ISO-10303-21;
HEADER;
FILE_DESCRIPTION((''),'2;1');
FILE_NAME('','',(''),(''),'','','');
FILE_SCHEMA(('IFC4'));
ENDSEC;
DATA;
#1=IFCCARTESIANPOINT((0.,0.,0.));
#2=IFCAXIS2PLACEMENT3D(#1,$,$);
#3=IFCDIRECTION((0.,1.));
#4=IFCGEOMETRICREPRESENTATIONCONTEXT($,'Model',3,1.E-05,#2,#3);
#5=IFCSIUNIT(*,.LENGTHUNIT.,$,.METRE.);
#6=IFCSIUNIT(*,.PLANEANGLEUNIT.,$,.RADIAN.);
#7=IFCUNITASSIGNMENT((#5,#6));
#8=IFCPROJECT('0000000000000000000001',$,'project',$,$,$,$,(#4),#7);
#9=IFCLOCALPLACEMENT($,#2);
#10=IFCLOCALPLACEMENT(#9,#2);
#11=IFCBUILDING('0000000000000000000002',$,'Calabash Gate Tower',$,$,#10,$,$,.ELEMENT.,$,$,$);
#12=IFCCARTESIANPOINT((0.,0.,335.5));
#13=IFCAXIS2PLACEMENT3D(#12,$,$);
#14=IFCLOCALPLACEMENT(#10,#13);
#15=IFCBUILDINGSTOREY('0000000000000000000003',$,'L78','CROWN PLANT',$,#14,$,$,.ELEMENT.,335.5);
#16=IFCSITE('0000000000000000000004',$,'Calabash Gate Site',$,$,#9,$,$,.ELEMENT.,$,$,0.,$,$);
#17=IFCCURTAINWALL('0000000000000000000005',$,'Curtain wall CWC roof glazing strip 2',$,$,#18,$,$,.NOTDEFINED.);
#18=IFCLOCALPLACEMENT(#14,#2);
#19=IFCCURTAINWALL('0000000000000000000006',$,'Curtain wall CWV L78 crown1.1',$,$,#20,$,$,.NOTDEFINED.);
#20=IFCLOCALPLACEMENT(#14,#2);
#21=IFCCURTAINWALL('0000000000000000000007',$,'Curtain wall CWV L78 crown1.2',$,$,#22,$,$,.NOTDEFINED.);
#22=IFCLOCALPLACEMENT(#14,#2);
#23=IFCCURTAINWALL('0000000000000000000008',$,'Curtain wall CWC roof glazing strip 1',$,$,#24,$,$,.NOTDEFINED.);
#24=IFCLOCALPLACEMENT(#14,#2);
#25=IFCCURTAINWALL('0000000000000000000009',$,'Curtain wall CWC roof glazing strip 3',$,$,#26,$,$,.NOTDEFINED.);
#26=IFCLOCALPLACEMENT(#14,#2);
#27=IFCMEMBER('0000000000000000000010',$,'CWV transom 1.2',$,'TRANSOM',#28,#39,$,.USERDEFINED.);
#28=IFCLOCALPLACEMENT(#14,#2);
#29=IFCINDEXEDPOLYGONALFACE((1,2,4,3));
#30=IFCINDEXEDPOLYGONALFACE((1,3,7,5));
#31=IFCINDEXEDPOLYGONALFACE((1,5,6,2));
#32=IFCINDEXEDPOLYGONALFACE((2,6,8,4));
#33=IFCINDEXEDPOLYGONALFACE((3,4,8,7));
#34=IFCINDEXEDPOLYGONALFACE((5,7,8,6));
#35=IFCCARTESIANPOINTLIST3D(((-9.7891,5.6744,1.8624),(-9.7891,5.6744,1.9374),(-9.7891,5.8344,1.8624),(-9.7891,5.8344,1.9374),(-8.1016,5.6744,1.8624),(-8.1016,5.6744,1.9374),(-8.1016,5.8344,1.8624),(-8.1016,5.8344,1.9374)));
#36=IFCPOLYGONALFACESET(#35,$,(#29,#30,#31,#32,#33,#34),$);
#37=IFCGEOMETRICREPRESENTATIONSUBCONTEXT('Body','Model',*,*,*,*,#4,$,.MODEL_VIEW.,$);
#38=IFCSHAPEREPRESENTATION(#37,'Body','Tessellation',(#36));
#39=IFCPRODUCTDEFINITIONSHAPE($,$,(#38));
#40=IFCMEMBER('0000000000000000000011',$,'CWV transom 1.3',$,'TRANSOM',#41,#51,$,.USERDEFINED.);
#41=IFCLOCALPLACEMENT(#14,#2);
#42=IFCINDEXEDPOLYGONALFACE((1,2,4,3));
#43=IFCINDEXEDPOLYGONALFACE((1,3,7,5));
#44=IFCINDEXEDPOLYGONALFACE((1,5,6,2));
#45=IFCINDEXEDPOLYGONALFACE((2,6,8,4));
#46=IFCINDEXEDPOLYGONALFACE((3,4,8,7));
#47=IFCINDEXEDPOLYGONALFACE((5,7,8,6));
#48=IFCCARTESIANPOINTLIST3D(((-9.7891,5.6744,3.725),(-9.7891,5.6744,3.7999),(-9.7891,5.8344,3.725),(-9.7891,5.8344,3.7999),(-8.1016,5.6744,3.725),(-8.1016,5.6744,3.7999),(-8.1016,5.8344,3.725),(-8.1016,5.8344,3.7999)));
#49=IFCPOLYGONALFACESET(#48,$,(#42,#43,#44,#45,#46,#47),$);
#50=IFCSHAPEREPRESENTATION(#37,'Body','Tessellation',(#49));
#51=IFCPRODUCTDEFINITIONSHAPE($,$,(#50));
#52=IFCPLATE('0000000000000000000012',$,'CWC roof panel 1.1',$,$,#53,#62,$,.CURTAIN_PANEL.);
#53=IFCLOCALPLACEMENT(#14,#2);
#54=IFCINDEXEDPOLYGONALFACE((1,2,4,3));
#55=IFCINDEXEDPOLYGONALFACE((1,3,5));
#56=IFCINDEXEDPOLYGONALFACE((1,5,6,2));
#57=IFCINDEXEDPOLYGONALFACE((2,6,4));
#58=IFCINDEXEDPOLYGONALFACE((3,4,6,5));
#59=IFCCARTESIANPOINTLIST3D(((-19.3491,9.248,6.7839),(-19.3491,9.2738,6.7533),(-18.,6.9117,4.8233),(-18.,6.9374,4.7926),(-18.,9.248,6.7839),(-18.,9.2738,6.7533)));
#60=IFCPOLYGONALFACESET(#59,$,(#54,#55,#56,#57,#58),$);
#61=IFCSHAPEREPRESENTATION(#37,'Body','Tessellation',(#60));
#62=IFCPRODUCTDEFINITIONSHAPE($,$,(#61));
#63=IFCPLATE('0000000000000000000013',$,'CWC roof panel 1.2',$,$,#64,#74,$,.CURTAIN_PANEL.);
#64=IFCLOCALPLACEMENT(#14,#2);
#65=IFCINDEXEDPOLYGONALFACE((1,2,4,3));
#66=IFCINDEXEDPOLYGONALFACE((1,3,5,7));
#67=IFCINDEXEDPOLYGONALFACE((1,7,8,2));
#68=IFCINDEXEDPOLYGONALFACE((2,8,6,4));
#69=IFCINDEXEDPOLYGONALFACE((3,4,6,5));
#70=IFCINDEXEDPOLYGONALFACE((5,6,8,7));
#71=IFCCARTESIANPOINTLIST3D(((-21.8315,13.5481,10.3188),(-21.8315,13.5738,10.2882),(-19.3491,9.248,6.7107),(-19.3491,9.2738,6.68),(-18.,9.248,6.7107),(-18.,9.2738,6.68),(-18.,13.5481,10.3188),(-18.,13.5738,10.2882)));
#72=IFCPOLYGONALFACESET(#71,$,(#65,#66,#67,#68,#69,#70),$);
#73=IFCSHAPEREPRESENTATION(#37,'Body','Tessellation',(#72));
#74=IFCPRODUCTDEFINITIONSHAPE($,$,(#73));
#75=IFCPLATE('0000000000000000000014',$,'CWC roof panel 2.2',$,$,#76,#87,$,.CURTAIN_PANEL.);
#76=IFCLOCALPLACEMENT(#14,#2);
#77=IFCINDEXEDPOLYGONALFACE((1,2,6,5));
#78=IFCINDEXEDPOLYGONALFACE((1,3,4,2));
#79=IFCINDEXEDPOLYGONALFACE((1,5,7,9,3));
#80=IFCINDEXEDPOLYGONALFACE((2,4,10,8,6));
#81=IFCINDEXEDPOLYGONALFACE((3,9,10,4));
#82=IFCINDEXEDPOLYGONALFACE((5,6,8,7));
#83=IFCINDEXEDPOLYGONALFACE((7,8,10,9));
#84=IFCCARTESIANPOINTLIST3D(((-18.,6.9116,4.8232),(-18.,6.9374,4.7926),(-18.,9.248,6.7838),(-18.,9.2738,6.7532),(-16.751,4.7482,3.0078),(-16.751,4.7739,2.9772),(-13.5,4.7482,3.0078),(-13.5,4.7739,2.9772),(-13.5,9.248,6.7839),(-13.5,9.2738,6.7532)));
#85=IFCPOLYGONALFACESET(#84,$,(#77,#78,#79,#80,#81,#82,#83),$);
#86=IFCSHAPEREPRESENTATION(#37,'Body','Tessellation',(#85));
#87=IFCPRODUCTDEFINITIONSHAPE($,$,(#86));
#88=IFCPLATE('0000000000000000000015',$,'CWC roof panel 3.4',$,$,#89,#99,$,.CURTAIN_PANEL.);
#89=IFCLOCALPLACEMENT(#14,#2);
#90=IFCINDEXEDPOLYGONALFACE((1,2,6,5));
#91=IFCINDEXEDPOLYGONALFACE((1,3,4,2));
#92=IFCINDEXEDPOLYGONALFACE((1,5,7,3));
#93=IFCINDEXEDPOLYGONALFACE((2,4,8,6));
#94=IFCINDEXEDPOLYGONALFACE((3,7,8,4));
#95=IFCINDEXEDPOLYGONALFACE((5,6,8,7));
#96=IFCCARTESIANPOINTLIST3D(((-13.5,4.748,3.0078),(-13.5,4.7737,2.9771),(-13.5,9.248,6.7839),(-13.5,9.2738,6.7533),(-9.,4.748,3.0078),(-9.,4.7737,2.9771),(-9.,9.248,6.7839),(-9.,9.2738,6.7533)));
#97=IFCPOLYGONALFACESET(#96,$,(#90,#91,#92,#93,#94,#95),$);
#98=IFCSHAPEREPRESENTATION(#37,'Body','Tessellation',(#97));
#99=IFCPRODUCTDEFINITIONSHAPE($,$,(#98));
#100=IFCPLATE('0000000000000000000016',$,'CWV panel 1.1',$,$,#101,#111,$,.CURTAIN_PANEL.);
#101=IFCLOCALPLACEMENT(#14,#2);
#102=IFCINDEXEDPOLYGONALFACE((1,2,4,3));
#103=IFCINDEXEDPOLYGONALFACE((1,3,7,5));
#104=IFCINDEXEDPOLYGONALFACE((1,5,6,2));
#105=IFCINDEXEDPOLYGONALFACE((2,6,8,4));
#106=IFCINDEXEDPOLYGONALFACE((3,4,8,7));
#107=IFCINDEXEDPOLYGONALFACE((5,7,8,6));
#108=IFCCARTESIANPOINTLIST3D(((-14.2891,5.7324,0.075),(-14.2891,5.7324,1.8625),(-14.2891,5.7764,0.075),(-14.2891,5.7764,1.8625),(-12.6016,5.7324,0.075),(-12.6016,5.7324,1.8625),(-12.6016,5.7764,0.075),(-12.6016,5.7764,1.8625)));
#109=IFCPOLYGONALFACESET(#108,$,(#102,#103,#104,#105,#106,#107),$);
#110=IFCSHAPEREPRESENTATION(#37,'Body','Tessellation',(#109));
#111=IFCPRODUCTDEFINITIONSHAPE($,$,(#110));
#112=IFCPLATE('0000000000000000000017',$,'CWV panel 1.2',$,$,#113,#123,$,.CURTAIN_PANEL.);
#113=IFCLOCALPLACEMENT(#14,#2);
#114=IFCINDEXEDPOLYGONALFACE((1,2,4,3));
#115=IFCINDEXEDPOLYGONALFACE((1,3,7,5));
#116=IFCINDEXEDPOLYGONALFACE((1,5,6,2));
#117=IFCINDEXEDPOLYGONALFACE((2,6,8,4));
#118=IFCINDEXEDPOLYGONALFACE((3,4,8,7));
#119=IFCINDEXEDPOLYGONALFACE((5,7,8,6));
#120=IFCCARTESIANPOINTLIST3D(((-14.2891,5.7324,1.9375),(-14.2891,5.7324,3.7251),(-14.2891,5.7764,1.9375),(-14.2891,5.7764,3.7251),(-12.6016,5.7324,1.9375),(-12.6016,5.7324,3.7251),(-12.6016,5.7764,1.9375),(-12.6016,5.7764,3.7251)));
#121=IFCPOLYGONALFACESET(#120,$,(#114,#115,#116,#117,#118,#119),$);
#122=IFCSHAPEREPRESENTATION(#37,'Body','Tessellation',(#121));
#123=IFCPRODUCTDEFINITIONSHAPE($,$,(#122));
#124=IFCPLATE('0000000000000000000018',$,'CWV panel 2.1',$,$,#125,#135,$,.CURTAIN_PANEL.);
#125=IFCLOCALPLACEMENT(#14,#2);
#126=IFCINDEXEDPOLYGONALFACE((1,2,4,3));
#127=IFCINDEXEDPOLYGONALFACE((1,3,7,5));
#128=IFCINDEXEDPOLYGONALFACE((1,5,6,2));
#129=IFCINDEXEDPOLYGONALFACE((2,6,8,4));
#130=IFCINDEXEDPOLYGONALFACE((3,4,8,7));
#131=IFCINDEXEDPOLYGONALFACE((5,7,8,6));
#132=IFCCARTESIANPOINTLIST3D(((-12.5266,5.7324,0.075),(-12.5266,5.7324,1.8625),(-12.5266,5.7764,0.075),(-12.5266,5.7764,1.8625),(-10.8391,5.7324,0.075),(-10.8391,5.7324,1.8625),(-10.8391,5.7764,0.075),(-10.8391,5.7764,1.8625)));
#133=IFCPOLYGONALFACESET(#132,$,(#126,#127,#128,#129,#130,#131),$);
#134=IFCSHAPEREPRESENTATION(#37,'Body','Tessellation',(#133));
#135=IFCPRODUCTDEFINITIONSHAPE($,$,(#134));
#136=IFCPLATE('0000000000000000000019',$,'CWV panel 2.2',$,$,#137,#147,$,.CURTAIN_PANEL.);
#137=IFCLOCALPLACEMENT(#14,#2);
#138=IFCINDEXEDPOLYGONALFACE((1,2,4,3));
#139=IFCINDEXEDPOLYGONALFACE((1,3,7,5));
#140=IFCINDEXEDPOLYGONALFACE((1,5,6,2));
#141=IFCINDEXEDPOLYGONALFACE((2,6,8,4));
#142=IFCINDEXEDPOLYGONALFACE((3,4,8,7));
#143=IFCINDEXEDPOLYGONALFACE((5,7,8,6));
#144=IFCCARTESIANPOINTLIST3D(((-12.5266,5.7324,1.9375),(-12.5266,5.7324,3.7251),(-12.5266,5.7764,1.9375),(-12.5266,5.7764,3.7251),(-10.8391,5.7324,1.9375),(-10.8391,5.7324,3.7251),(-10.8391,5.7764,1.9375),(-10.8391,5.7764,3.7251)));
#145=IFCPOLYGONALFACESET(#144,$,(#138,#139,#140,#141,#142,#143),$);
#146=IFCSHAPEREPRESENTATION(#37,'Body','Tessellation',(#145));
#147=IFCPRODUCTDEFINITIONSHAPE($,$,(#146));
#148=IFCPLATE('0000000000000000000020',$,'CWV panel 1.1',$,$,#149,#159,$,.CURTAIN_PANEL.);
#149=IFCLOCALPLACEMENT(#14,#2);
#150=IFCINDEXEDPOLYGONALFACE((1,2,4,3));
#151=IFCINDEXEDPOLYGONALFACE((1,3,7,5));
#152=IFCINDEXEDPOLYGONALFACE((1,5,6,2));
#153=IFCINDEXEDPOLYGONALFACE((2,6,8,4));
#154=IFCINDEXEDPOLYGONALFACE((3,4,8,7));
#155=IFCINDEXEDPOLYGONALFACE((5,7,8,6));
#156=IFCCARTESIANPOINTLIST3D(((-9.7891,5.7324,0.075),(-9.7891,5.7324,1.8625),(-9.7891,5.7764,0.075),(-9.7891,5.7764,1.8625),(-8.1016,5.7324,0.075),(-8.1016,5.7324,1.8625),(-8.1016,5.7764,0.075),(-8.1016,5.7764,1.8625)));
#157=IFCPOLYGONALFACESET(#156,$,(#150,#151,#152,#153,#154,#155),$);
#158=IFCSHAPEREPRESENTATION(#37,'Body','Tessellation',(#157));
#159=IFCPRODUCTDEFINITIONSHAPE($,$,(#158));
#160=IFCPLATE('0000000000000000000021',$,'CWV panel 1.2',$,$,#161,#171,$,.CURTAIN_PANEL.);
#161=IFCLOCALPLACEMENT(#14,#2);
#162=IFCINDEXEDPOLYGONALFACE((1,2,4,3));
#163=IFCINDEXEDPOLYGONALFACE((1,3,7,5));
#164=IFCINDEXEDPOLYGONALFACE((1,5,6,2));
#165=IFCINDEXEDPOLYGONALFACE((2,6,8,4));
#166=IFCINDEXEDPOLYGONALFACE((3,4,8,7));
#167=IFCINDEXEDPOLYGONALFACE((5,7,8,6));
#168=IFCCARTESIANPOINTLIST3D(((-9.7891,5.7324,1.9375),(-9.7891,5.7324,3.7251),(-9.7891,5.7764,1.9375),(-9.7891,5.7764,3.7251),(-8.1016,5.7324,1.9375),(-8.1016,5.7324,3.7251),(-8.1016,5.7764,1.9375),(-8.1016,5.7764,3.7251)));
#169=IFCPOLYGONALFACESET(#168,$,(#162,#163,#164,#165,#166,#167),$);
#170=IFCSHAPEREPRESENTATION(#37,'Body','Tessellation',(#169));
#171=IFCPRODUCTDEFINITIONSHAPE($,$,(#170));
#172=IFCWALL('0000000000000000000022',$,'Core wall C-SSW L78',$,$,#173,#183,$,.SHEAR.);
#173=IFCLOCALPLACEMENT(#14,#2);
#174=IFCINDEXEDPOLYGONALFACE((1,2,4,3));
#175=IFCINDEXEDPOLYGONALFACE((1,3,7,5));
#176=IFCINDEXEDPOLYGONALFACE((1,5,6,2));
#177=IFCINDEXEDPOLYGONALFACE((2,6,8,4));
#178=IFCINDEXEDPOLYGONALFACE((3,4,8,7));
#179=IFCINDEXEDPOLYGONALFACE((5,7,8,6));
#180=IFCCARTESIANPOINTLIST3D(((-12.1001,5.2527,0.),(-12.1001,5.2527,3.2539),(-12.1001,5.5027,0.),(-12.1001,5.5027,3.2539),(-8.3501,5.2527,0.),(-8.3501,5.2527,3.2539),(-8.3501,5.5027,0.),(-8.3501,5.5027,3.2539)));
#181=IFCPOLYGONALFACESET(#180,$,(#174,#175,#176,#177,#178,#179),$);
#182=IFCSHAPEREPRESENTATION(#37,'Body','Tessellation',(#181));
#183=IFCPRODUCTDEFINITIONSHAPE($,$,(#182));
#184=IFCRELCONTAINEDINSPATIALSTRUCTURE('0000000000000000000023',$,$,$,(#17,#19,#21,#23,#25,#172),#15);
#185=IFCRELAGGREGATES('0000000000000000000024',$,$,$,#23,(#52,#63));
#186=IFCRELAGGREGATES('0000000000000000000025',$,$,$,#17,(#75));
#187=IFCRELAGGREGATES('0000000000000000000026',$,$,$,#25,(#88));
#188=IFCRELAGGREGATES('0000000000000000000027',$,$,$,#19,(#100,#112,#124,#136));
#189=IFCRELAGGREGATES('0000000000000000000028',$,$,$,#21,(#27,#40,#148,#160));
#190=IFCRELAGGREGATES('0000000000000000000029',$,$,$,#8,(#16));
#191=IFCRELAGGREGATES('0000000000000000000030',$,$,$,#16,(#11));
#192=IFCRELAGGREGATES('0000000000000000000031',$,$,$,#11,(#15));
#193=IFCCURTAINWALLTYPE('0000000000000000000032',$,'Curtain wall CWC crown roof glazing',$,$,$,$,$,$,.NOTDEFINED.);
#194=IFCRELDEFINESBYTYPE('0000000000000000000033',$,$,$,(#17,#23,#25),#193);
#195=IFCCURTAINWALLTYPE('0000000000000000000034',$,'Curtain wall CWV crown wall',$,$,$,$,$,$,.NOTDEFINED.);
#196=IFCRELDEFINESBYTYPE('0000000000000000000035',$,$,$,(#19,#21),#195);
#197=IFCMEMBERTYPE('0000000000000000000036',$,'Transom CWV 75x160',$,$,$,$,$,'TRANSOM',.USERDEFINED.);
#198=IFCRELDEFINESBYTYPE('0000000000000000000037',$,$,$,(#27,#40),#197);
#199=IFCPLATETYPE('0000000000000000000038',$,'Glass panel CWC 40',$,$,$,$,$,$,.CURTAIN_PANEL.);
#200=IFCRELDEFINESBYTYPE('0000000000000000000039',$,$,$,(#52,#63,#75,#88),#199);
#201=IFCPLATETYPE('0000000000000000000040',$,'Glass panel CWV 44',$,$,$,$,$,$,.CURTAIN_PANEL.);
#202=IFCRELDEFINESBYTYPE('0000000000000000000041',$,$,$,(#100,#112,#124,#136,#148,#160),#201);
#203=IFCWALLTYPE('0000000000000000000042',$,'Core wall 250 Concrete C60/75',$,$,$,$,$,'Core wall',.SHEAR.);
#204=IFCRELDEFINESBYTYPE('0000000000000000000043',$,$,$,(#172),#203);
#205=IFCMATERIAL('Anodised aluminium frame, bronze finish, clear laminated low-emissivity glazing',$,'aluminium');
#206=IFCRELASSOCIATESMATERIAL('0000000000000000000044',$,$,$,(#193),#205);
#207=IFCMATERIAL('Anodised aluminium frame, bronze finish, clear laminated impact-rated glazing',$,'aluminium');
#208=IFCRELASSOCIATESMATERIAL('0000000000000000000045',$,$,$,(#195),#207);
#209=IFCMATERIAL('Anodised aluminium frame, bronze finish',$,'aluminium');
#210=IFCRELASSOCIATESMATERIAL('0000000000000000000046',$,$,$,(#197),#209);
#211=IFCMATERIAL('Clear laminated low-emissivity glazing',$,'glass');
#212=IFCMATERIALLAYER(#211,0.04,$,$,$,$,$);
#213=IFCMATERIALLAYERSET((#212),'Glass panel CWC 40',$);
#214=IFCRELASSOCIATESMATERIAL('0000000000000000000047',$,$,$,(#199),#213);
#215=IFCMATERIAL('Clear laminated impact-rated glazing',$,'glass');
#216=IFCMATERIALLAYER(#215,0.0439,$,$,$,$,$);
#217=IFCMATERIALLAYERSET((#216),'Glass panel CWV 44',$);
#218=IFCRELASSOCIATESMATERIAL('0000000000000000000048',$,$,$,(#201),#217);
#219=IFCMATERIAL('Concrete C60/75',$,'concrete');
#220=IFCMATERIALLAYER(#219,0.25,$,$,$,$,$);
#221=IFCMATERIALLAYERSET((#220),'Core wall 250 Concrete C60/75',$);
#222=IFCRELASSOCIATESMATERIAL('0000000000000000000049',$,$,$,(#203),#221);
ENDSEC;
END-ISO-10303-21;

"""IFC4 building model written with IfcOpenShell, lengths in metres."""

from ifc_helpers import new_model, si_unit, direction, frame, frame_2d, origin, origin_2d, place, context, subcontext, project, spatial, polyline, rectangle, outline, extrude, material, layer, layer_set, material_profile, profile_set, type_object, element, aggregate, save


model = new_model("IFC4")

# Units and contexts
model_context = context("Model", 3, precision=1e-05, world=origin(), true_north=direction((0.0, 1.0)))
body_context = subcontext(model_context, "Body", "Model", "MODEL_VIEW")
ifc_project = project(units=[si_unit("LENGTHUNIT", "METRE"), si_unit("PLANEANGLEUNIT", "RADIAN")], contexts=[model_context])

# Site, building, storey
site_placement = place(None, origin())
site = spatial("IfcSite", under=ifc_project, at=site_placement, Name="Calabash Gate Site", CompositionType="ELEMENT", RefElevation=0.0)
building_placement = place(site_placement, origin())
building = spatial("IfcBuilding", under=site, at=building_placement, Name="Calabash Gate Tower", CompositionType="ELEMENT")
storey_placement = place(building_placement, frame((0.0, 0.0, 335.5)))
storey = spatial("IfcBuildingStorey", under=building, at=storey_placement, Name="L78", Description="CROWN PLANT", CompositionType="ELEMENT", Elevation=335.5)

# Curtain wall
ifc_material_1 = material(Name="Anodised aluminium frame, bronze finish, clear laminated low-emissivity glazing", Category="aluminium")
curtain_wall_type_1 = type_object("IfcCurtainWallType", Name="Curtain wall CWC crown roof glazing", PredefinedType="NOTDEFINED", material=ifc_material_1)
curtain_wall_1_placement = place(storey_placement, origin())
curtain_wall_1 = element("IfcCurtainWall", 1, at=curtain_wall_1_placement, inside=storey, type_object=curtain_wall_type_1, Name="Curtain wall CWC roof glazing strip 2", PredefinedType="NOTDEFINED")

# Curtain wall
ifc_material_2 = material(Name="Anodised aluminium frame, bronze finish, clear laminated impact-rated glazing", Category="aluminium")
curtain_wall_type_2 = type_object("IfcCurtainWallType", Name="Curtain wall CWV crown wall", PredefinedType="NOTDEFINED", material=ifc_material_2)
curtain_wall_2_placement = place(storey_placement, origin())
curtain_wall_2 = element("IfcCurtainWall", 2, at=curtain_wall_2_placement, inside=storey, type_object=curtain_wall_type_2, Name="Curtain wall CWV L78 crown1.1", PredefinedType="NOTDEFINED")

# Curtain wall
curtain_wall_3_placement = place(storey_placement, origin())
curtain_wall_3 = element("IfcCurtainWall", 3, at=curtain_wall_3_placement, inside=storey, type_object=curtain_wall_type_2, Name="Curtain wall CWV L78 crown1.2", PredefinedType="NOTDEFINED")

# Curtain wall
curtain_wall_4_placement = place(storey_placement, origin())
curtain_wall_4 = element("IfcCurtainWall", 4, at=curtain_wall_4_placement, inside=storey, type_object=curtain_wall_type_1, Name="Curtain wall CWC roof glazing strip 1", PredefinedType="NOTDEFINED")

# Curtain wall
curtain_wall_5_placement = place(storey_placement, origin())
curtain_wall_5 = element("IfcCurtainWall", 5, at=curtain_wall_5_placement, inside=storey, type_object=curtain_wall_type_1, Name="Curtain wall CWC roof glazing strip 3", PredefinedType="NOTDEFINED")

# Members
ifc_material_3 = material(Name="Anodised aluminium frame, bronze finish", Category="aluminium")
ifc_material_profile_1 = material_profile(ifc_material_3, rectangle(XDim=0.1599, YDim=0.075, at=origin_2d()))
ifc_profile_set_1 = profile_set([ifc_material_profile_1], Name="Anodised aluminium frame, bronze finish")
member_type_1 = type_object("IfcMemberType", Name="Transom CWV 75x160", ElementType="TRANSOM", PredefinedType="USERDEFINED", material=ifc_profile_set_1)
member_1_placement = place(storey_placement, frame((-9.7891, 5.7544, 1.8999), z_axis=(1.0, 0.0, 0.0), x_axis=(0.0, 1.0, 0.0)))
member_1 = element("IfcMember", 6, at=member_1_placement, type_object=member_type_1, Name="CWV transom 1.2", ObjectType="TRANSOM", PredefinedType="USERDEFINED", context=body_context, shape_type="SweptSolid", body=[
    extrude(rectangle(XDim=0.1599, YDim=0.075, at=origin_2d()), origin(), (0.0, 0.0, 1.0), 1.6875),
])
member_2_placement = place(storey_placement, frame((-9.7891, 5.7544, 3.7625), z_axis=(1.0, 0.0, 0.0), x_axis=(0.0, 1.0, 0.0)))
member_2 = element("IfcMember", 7, at=member_2_placement, type_object=member_type_1, Name="CWV transom 1.3", ObjectType="TRANSOM", PredefinedType="USERDEFINED", context=body_context, shape_type="SweptSolid", body=[
    extrude(rectangle(XDim=0.1599, YDim=0.075, at=origin_2d()), origin(), (0.0, 0.0, 1.0), 1.6875),
])

# Plates
ifc_material_4 = material(Name="Clear laminated low-emissivity glazing", Category="glass")
ifc_layer_1 = layer(ifc_material_4, 0.04)
ifc_layer_set_1 = layer_set([ifc_layer_1], Name="Glass panel CWC 40")
plate_type_1 = type_object("IfcPlateType", Name="Glass panel CWC 40", PredefinedType="CURTAIN_PANEL", material=ifc_layer_set_1)
plate_1_placement = place(storey_placement, frame((-19.3491, 9.248, 6.7839), z_axis=(0.0, -0.642826, 0.766012), x_axis=(1.0, 0.0, 0.0)))
plate_1 = element("IfcPlate", 8, at=plate_1_placement, type_object=plate_type_1, Name="CWC roof panel 1.1", PredefinedType="CURTAIN_PANEL", context=body_context, shape_type="SweptSolid", body=[
    extrude(outline(polyline([(0.0, 0.0), (1.3491, 0.0), (1.3491, -3.05), (0.0, 0.0)])), origin(), (0.0, 0.0, -1.0), 0.04),
])
plate_2_placement = place(storey_placement, frame((-18.0, 9.248, 6.7107), z_axis=(0.0, -0.642786, 0.766046), x_axis=(-1.0, 0.0, 0.0)))
plate_2 = element("IfcPlate", 9, at=plate_2_placement, type_object=plate_type_1, Name="CWC roof panel 1.2", PredefinedType="CURTAIN_PANEL", context=body_context, shape_type="SweptSolid", body=[
    extrude(outline(polyline([(0.0, 0.0), (1.3491, 0.0), (3.8315, -5.6133), (0.0, -5.6133), (0.0, 0.0)])), origin(), (0.0, 0.0, -1.0), 0.04),
])
aggregate(curtain_wall_4, [plate_1, plate_2])
plate_3_placement = place(storey_placement, frame((-18.0, 6.9116, 4.8232), z_axis=(-0.00001, -0.642807, 0.766028), x_axis=(0.0, 0.766028, 0.642807)))
plate_3 = element("IfcPlate", 10, at=plate_3_placement, type_object=plate_type_1, Name="CWC roof panel 2.2", PredefinedType="CURTAIN_PANEL", context=body_context, shape_type="SweptSolid", body=[
    extrude(outline(polyline([(0.0, 0.0), (3.05, 0.0), (3.05, -4.5), (-2.8242, -4.5), (-2.8242, -1.249), (0.0, 0.0)])), origin(), (0.0, 0.0, -1.0), 0.04),
])
aggregate(curtain_wall_1, [plate_3])
plate_4_placement = place(storey_placement, frame((-13.5, 9.248, 6.7839), z_axis=(0.0, -0.642805, 0.76603), x_axis=(1.0, 0.0, 0.0)))
plate_4 = element("IfcPlate", 11, at=plate_4_placement, type_object=plate_type_1, Name="CWC roof panel 3.4", PredefinedType="CURTAIN_PANEL", context=body_context, shape_type="SweptSolid", body=[
    extrude(outline(polyline([(0.0, 0.0), (4.5, 0.0), (4.5, -5.8745), (0.0, -5.8745), (0.0, 0.0)])), origin(), (0.0, 0.0, -1.0), 0.04),
])
aggregate(curtain_wall_5, [plate_4])
ifc_material_5 = material(Name="Clear laminated impact-rated glazing", Category="glass")
ifc_layer_2 = layer(ifc_material_5, 0.0439)
ifc_layer_set_2 = layer_set([ifc_layer_2], Name="Glass panel CWV 44")
plate_type_2 = type_object("IfcPlateType", Name="Glass panel CWV 44", PredefinedType="CURTAIN_PANEL", material=ifc_layer_set_2)
plate_5_placement = place(storey_placement, frame((-13.4453, 5.7544, 0.075), z_axis=(0.0, 0.0, 1.0), x_axis=(1.0, 0.0, 0.0)))
plate_5 = element("IfcPlate", 12, at=plate_5_placement, type_object=plate_type_2, Name="CWV panel 1.1", PredefinedType="CURTAIN_PANEL", context=body_context, shape_type="SweptSolid", body=[
    extrude(rectangle(XDim=1.6875, YDim=0.0439, at=origin_2d()), origin(), (0.0, 0.0, 1.0), 1.7876),
])
plate_6_placement = place(storey_placement, frame((-13.4453, 5.7544, 1.9375), z_axis=(0.0, 0.0, 1.0), x_axis=(1.0, 0.0, 0.0)))
plate_6 = element("IfcPlate", 13, at=plate_6_placement, type_object=plate_type_2, Name="CWV panel 1.2", PredefinedType="CURTAIN_PANEL", context=body_context, shape_type="SweptSolid", body=[
    extrude(rectangle(XDim=1.6875, YDim=0.0439, at=origin_2d()), origin(), (0.0, 0.0, 1.0), 1.7876),
])
plate_7_placement = place(storey_placement, frame((-11.6829, 5.7544, 0.075), z_axis=(0.0, 0.0, 1.0), x_axis=(1.0, 0.0, 0.0)))
plate_7 = element("IfcPlate", 14, at=plate_7_placement, type_object=plate_type_2, Name="CWV panel 2.1", PredefinedType="CURTAIN_PANEL", context=body_context, shape_type="SweptSolid", body=[
    extrude(rectangle(XDim=1.6875, YDim=0.0439, at=origin_2d()), origin(), (0.0, 0.0, 1.0), 1.7876),
])
plate_8_placement = place(storey_placement, frame((-11.6829, 5.7544, 1.9375), z_axis=(0.0, 0.0, 1.0), x_axis=(1.0, 0.0, 0.0)))
plate_8 = element("IfcPlate", 15, at=plate_8_placement, type_object=plate_type_2, Name="CWV panel 2.2", PredefinedType="CURTAIN_PANEL", context=body_context, shape_type="SweptSolid", body=[
    extrude(rectangle(XDim=1.6875, YDim=0.0439, at=origin_2d()), origin(), (0.0, 0.0, 1.0), 1.7876),
])
aggregate(curtain_wall_2, [plate_5, plate_6, plate_7, plate_8])
plate_9_placement = place(storey_placement, frame((-8.9453, 5.7544, 0.075), z_axis=(0.0, 0.0, 1.0), x_axis=(1.0, 0.0, 0.0)))
plate_9 = element("IfcPlate", 16, at=plate_9_placement, type_object=plate_type_2, Name="CWV panel 1.1", PredefinedType="CURTAIN_PANEL", context=body_context, shape_type="SweptSolid", body=[
    extrude(rectangle(XDim=1.6875, YDim=0.0439, at=origin_2d()), origin(), (0.0, 0.0, 1.0), 1.7876),
])
plate_10_placement = place(storey_placement, frame((-8.9453, 5.7544, 1.9375), z_axis=(0.0, 0.0, 1.0), x_axis=(1.0, 0.0, 0.0)))
plate_10 = element("IfcPlate", 17, at=plate_10_placement, type_object=plate_type_2, Name="CWV panel 1.2", PredefinedType="CURTAIN_PANEL", context=body_context, shape_type="SweptSolid", body=[
    extrude(rectangle(XDim=1.6875, YDim=0.0439, at=origin_2d()), origin(), (0.0, 0.0, 1.0), 1.7876),
])
aggregate(curtain_wall_3, [member_1, member_2, plate_9, plate_10])

# Wall
ifc_material_6 = material(Name="Concrete C60/75", Category="concrete")
ifc_layer_3 = layer(ifc_material_6, 0.25)
ifc_layer_set_3 = layer_set([ifc_layer_3], Name="Core wall 250 Concrete C60/75")
wall_type_1 = type_object("IfcWallType", Name="Core wall 250 Concrete C60/75", ElementType="Core wall", PredefinedType="SHEAR", material=ifc_layer_set_3)
wall_1_placement = place(storey_placement, frame((-12.1001, 5.3777, 0.0), z_axis=(0.0, 0.0, 1.0), x_axis=(1.0, 0.0, 0.0)))
element("IfcWall", 18, at=wall_1_placement, inside=storey, type_object=wall_type_1, Name="Core wall C-SSW L78", PredefinedType="SHEAR", context=body_context, shape_type="SweptSolid", body=[
    extrude(rectangle(XDim=3.75, YDim=0.25, at=frame_2d((1.875, 0.0))), origin(), (0.0, 0.0, 1.0), 3.2539),
])

save(model, "model.ifc")
